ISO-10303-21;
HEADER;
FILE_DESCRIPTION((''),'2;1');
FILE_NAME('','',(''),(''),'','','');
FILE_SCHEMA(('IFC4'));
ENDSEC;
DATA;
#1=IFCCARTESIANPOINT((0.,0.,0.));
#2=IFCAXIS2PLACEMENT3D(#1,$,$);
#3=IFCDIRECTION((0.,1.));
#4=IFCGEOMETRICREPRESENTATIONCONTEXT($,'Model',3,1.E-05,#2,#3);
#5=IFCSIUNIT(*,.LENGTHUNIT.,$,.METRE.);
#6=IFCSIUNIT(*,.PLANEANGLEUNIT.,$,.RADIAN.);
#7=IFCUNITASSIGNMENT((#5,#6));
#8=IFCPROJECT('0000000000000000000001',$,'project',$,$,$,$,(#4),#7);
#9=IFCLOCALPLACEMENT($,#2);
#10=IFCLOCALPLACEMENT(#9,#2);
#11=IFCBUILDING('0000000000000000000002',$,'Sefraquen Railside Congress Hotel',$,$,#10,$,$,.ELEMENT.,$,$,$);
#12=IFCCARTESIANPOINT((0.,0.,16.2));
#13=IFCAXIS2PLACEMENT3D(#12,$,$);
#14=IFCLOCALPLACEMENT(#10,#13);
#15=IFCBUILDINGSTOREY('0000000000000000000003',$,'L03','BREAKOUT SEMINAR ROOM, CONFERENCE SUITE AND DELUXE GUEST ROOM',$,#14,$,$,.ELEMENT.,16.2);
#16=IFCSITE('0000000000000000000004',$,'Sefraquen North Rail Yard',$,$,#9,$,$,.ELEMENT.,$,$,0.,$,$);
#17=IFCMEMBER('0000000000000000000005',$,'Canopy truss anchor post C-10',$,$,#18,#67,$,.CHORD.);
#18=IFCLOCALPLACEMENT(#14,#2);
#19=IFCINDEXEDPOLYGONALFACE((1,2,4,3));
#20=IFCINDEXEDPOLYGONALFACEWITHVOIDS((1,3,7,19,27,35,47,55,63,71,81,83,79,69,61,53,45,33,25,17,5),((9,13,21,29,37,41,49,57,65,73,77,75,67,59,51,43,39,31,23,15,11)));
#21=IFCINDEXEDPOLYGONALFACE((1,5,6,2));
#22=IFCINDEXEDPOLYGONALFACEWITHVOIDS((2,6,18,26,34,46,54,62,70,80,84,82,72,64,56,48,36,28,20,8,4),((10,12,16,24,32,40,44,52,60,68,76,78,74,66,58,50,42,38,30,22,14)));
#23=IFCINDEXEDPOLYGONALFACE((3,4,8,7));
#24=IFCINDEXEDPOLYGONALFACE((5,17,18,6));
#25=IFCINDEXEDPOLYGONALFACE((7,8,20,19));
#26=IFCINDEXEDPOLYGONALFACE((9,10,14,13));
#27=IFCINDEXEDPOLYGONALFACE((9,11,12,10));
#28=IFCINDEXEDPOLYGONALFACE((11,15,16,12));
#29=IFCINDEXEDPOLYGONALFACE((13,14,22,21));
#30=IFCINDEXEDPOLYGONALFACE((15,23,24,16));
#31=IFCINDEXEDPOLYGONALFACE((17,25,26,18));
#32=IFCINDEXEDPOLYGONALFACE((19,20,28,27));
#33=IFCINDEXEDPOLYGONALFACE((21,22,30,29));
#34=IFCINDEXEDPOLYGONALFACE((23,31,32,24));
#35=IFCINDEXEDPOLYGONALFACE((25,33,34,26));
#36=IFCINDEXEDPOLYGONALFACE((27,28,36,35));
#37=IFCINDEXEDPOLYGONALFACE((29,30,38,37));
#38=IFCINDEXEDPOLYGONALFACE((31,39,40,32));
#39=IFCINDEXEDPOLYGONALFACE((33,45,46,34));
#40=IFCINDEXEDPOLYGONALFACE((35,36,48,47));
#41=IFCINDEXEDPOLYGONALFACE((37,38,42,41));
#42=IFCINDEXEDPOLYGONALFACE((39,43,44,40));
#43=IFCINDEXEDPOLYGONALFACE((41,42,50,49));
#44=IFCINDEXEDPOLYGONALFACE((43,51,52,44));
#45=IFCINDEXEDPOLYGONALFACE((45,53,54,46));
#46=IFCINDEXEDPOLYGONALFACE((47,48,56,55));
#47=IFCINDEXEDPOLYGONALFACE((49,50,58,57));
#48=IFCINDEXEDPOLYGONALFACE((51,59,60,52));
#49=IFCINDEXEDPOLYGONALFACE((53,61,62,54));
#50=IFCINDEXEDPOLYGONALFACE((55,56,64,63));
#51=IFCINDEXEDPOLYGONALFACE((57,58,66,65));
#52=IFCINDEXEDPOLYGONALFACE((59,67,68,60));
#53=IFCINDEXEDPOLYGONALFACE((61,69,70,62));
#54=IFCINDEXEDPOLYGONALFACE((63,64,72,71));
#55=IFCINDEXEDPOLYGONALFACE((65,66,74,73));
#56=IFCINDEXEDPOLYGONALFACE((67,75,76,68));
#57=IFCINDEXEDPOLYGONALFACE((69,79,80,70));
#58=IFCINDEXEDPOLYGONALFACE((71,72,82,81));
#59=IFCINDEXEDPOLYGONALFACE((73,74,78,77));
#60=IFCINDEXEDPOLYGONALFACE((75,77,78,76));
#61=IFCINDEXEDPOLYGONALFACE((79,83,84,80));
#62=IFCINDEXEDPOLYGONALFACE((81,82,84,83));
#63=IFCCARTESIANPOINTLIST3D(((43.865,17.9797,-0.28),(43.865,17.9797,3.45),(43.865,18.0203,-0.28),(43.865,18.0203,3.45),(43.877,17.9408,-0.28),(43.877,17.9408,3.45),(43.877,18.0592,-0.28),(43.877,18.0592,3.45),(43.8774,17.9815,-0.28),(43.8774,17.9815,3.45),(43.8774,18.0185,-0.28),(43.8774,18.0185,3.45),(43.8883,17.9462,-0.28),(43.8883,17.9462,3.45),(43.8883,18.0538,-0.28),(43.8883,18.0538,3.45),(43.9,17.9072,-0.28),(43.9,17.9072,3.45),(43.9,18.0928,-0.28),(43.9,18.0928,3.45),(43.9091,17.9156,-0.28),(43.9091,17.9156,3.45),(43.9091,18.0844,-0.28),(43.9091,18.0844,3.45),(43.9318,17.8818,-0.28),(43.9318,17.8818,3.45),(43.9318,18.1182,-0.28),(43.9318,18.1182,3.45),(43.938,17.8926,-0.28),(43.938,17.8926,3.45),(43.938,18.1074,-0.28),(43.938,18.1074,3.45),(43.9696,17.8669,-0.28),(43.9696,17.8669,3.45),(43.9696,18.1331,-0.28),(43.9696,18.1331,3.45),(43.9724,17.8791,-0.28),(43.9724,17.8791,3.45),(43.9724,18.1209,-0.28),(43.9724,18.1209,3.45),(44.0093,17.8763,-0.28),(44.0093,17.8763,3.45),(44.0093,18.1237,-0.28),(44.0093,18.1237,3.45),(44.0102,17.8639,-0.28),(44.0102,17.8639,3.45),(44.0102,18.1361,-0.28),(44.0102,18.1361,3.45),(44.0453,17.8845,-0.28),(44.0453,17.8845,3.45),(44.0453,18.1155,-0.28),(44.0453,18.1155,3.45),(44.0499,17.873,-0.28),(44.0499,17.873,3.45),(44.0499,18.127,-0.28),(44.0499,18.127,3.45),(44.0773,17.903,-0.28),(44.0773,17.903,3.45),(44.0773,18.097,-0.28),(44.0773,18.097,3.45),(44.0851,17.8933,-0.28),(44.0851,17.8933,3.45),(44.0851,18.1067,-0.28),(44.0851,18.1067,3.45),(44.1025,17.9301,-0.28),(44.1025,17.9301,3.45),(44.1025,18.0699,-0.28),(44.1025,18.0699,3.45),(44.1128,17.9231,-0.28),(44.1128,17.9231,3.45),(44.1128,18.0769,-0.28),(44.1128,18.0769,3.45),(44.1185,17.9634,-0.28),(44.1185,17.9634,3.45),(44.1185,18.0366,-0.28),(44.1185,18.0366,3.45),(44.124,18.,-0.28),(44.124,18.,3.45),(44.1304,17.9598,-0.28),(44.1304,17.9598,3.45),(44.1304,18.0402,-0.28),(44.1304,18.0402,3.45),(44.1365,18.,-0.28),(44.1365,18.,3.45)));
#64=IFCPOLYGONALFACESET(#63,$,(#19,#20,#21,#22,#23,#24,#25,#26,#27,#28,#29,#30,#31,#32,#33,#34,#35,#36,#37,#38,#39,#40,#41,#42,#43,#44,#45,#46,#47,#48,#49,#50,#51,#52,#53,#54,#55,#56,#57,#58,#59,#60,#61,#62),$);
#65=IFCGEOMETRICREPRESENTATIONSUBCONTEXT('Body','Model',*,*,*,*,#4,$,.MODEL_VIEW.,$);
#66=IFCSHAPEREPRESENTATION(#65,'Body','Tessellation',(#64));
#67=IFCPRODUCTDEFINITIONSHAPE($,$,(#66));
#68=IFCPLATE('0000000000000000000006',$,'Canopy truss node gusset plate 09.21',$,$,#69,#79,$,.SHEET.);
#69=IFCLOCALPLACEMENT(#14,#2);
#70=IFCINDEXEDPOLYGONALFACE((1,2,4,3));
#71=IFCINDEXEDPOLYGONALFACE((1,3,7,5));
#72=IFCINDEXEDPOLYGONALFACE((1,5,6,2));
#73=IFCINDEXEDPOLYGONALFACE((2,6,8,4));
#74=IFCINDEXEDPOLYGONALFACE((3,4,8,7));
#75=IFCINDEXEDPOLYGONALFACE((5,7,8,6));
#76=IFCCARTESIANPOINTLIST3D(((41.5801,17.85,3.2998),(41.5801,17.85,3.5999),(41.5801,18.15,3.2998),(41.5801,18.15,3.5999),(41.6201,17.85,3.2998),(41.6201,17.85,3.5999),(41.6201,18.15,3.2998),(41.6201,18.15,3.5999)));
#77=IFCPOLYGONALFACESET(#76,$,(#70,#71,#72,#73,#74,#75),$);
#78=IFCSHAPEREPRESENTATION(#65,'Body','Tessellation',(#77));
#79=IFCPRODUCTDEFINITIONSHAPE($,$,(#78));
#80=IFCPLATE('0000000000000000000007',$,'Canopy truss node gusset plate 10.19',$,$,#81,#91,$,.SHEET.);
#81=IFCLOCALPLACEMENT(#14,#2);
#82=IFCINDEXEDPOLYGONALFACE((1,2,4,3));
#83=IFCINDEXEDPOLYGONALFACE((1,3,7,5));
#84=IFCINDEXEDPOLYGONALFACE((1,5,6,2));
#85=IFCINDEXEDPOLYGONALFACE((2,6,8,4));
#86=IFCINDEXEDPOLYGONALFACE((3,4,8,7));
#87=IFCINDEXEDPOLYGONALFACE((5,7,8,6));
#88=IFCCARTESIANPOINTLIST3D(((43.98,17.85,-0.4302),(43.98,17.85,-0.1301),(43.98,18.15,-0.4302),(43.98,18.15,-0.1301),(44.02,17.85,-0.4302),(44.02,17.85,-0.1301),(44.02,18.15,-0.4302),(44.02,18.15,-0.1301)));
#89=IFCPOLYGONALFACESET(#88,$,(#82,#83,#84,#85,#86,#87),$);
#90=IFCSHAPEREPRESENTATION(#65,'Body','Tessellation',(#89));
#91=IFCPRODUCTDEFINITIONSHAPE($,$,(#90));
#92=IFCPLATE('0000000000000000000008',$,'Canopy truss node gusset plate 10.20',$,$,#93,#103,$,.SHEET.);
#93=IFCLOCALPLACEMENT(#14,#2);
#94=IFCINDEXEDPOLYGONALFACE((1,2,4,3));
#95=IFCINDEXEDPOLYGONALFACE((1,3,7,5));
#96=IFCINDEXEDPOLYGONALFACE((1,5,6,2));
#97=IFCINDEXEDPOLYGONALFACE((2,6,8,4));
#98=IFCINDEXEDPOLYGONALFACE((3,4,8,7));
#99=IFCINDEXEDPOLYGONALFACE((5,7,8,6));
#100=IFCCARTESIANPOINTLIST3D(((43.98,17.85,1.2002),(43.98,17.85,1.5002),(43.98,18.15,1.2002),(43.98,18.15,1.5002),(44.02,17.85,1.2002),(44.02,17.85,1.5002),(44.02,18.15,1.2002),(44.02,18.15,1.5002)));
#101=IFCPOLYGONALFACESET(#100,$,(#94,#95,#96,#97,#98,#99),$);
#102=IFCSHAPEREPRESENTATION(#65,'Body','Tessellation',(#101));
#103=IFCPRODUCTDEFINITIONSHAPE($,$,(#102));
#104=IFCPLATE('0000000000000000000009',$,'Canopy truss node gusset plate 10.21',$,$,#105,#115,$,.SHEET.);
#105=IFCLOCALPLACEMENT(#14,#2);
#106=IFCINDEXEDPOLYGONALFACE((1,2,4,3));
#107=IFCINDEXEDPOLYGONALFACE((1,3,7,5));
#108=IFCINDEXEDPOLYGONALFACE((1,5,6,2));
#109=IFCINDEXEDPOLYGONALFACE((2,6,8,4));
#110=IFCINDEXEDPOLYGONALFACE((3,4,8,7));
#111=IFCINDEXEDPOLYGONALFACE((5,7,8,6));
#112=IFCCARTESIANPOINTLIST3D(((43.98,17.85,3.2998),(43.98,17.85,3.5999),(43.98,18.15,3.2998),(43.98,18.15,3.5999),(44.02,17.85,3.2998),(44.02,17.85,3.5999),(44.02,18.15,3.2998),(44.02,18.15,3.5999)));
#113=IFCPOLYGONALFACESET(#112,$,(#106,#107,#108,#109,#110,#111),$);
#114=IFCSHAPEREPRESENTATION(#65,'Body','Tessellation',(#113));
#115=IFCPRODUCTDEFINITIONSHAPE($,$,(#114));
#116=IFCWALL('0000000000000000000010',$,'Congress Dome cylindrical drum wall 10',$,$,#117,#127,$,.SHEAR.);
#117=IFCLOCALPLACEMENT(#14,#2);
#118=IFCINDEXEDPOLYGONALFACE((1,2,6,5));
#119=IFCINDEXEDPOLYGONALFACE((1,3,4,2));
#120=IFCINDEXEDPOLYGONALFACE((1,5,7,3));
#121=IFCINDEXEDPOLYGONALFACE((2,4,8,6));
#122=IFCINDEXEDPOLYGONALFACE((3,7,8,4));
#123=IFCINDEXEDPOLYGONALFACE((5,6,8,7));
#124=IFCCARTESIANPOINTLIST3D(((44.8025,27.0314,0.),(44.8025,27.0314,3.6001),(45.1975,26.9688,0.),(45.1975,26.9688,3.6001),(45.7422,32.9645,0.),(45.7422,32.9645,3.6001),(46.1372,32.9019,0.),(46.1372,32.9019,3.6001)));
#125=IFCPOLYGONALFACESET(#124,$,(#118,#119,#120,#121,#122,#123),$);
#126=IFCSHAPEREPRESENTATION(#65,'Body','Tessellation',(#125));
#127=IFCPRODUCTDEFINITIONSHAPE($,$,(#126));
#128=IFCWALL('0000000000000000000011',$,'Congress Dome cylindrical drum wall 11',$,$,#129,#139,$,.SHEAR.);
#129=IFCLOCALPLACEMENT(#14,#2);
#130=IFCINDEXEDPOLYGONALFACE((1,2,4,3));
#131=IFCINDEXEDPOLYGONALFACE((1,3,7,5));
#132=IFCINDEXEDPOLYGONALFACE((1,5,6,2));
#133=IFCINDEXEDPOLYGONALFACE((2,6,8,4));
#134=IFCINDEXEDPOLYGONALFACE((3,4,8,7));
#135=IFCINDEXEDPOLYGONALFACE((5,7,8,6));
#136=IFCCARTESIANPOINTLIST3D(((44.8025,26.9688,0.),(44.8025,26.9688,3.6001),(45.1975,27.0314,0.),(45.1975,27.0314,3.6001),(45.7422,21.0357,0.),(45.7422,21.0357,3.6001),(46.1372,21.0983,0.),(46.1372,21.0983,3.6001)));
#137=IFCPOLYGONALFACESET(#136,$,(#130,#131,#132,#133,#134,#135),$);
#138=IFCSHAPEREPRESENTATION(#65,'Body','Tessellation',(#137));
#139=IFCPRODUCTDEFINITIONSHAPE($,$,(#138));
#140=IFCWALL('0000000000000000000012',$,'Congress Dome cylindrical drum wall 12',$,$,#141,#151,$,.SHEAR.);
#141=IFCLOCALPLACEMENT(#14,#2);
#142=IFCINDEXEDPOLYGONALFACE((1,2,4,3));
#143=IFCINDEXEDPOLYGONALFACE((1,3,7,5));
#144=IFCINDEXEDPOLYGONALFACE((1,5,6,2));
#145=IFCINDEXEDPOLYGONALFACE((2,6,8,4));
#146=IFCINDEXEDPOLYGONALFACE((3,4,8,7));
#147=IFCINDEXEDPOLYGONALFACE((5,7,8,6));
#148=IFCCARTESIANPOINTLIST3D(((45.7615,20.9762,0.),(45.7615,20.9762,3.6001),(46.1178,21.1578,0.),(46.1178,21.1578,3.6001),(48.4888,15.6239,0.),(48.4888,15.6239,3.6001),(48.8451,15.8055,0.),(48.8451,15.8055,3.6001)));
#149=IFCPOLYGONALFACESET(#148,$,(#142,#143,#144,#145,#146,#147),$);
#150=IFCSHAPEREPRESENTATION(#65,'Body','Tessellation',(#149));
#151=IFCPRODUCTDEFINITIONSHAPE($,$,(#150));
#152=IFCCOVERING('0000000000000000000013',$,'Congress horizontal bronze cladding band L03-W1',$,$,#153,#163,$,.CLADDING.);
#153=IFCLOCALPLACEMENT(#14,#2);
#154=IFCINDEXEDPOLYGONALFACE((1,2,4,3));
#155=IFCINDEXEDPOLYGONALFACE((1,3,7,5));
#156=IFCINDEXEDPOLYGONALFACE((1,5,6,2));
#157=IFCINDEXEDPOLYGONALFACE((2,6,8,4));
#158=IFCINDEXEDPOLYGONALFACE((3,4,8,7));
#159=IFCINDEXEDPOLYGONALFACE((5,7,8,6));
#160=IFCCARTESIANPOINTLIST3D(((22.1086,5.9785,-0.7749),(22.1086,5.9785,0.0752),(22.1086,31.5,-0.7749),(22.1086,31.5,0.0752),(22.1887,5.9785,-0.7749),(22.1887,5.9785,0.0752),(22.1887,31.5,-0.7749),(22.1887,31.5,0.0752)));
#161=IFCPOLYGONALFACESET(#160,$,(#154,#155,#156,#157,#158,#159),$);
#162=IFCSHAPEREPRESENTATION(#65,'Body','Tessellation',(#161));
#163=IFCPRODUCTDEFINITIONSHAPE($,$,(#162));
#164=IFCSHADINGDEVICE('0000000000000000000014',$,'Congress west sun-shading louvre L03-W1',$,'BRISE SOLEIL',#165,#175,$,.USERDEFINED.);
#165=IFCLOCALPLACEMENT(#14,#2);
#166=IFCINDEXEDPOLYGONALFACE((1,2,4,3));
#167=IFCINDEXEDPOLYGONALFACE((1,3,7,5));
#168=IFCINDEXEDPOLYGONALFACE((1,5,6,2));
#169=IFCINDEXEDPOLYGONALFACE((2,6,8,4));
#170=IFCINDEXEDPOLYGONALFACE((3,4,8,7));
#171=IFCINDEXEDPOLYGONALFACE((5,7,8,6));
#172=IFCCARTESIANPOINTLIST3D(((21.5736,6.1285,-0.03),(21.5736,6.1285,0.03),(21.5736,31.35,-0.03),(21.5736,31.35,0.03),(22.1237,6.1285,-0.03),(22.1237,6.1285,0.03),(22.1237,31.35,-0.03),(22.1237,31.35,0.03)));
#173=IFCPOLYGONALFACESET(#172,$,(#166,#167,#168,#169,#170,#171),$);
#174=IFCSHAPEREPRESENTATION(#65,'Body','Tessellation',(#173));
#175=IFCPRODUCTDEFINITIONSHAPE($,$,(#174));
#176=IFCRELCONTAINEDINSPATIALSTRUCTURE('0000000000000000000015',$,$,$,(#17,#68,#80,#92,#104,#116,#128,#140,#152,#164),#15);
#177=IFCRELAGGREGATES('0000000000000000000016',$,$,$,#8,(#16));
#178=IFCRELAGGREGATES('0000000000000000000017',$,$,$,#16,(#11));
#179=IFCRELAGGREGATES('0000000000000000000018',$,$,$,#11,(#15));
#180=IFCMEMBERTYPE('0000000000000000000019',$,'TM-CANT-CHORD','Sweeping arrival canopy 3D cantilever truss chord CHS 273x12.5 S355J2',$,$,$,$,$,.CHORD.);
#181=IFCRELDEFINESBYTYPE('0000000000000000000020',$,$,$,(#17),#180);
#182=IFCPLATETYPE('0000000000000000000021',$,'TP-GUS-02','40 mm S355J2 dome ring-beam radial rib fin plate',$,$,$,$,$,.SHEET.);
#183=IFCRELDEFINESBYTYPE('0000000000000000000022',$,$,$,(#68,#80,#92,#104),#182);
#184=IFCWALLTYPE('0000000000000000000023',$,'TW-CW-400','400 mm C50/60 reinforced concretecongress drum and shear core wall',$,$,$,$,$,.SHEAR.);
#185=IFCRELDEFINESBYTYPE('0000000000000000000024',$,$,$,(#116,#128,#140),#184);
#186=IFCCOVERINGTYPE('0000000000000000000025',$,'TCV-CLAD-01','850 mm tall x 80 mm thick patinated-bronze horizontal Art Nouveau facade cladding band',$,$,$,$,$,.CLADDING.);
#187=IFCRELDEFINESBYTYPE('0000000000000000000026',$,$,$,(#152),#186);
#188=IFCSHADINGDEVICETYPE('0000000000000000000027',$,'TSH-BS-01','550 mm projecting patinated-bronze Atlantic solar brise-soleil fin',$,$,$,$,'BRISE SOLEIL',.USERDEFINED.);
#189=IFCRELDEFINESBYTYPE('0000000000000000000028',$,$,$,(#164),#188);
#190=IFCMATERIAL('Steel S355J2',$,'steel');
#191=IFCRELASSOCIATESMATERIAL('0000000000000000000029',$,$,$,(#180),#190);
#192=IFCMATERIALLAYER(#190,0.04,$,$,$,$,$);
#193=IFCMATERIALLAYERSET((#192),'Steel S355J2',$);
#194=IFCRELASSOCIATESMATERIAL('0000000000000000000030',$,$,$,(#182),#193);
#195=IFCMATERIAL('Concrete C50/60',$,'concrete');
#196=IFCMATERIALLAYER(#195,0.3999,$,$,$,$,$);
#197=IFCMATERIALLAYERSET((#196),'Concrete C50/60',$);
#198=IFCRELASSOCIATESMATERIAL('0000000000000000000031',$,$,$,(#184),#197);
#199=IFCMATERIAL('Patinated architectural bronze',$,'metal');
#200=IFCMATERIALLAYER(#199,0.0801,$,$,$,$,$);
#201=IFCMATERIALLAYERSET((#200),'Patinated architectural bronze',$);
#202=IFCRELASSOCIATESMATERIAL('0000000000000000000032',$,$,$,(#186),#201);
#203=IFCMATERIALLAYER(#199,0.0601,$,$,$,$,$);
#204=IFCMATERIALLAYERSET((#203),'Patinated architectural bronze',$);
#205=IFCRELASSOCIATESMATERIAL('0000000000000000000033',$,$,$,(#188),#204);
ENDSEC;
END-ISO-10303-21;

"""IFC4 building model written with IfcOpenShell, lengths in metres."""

from ifc_helpers import new_model, si_unit, direction, frame, frame_2d, origin, origin_2d, place, context, subcontext, project, spatial, rectangle, hollow_circle, extrude, material, layer, layer_set, material_profile, profile_set, type_object, element, save


model = new_model("IFC4")

# Units and contexts
model_context = context("Model", 3, precision=1e-05, world=origin(), true_north=direction((0.0, 1.0)))
body_context = subcontext(model_context, "Body", "Model", "MODEL_VIEW")
ifc_project = project(units=[si_unit("LENGTHUNIT", "METRE"), si_unit("PLANEANGLEUNIT", "RADIAN")], contexts=[model_context])

# Site, building, storey
site_placement = place(None, origin())
site = spatial("IfcSite", under=ifc_project, at=site_placement, Name="Sefraquen North Rail Yard", CompositionType="ELEMENT", RefElevation=0.0)
building_placement = place(site_placement, origin())
building = spatial("IfcBuilding", under=site, at=building_placement, Name="Sefraquen Railside Congress Hotel", CompositionType="ELEMENT")
storey_placement = place(building_placement, frame((0.0, 0.0, 16.2)))
storey = spatial("IfcBuildingStorey", under=building, at=storey_placement, Name="L03", Description="BREAKOUT SEMINAR ROOM, CONFERENCE SUITE AND DELUXE GUEST ROOM", CompositionType="ELEMENT", Elevation=16.2)

# Shared definitions
ifc_material_1 = material(Name="Steel S355J2", Category="steel")

# Member
ifc_material_profile_1 = material_profile(ifc_material_1, hollow_circle(Radius=0.1365, WallThickness=0.0125, at=origin_2d()), Name="CHS 273x12.5")
ifc_profile_set_1 = profile_set([ifc_material_profile_1], Name="Steel S355J2")
member_type_1 = type_object("IfcMemberType", Name="TM-CANT-CHORD", Description="Sweeping arrival canopy 3D cantilever truss chord CHS 273x12.5 S355J2", PredefinedType="CHORD", material=ifc_profile_set_1)
member_1_placement = place(storey_placement, frame((44.0, 18.0, -0.28), z_axis=(0.0, 0.0, 1.0), x_axis=(1.0, 0.0, 0.0)))
element("IfcMember", 1, at=member_1_placement, inside=storey, type_object=member_type_1, Name="Canopy truss anchor post C-10", PredefinedType="CHORD", context=body_context, shape_type="SweptSolid", body=[
    extrude(hollow_circle(Radius=0.1365, WallThickness=0.0125, at=origin_2d()), origin(), (0.0, 0.0, 1.0), 3.73),
])

# Plates
ifc_layer_1 = layer(ifc_material_1, 0.04)
ifc_layer_set_1 = layer_set([ifc_layer_1], Name="Steel S355J2")
plate_type = type_object("IfcPlateType", Name="TP-GUS-02", Description="40 mm S355J2 dome ring-beam radial rib fin plate", PredefinedType="SHEET", material=ifc_layer_set_1)
for number, where, z_axis, x_axis, name in (
    (2, (41.6001, 18.0, 3.2998), (0.0, 0.0, 1.0), (1.0, 0.0, 0.0), "Canopy truss node gusset plate 09.21"),
    (3, (44.0, 18.0, -0.4302), (0.0, 0.0, 1.0), (1.0, 0.0, 0.0), "Canopy truss node gusset plate 10.19"),
    (4, (44.0, 18.0, 1.2002), (0.0, 0.0, 1.0), (1.0, 0.0, 0.0), "Canopy truss node gusset plate 10.20"),
    (5, (44.0, 18.0, 3.2998), (0.0, 0.0, 1.0), (1.0, 0.0, 0.0), "Canopy truss node gusset plate 10.21"),
):
    element("IfcPlate", number, at=place(storey_placement, frame(where, z_axis=z_axis, x_axis=x_axis)), inside=storey, type_object=plate_type, Name=name, PredefinedType="SHEET", context=body_context, shape_type="SweptSolid", body=[
        extrude(rectangle(XDim=0.04, YDim=0.3, at=origin_2d()), origin(), (0.0, 0.0, 1.0), 0.3),
    ])

# Walls
ifc_material_2 = material(Name="Concrete C50/60", Category="concrete")
ifc_layer_2 = layer(ifc_material_2, 0.3999)
ifc_layer_set_2 = layer_set([ifc_layer_2], Name="Concrete C50/60")
wall_type = type_object("IfcWallType", Name="TW-CW-400", Description="400 mm C50/60 reinforced concretecongress drum and shear core wall", PredefinedType="SHEAR", material=ifc_layer_set_2)
for number, where, z_axis, x_axis, name in (
    (6, (45.9397, 32.9331, 0.0), (0.0, 0.0, 1.0), (-0.156432, -0.987689, 0.0), "Congress Dome cylindrical drum wall 10"),
    (7, (45.0, 27.0, 0.0), (0.0, 0.0, 1.0), (0.156432, -0.987689, 0.0), "Congress Dome cylindrical drum wall 11"),
    (8, (45.9397, 21.0669, 0.0), (0.0, 0.0, 1.0), (0.454012, -0.890995, 0.0), "Congress Dome cylindrical drum wall 12"),
):
    element("IfcWall", number, at=place(storey_placement, frame(where, z_axis=z_axis, x_axis=x_axis)), inside=storey, type_object=wall_type, Name=name, PredefinedType="SHEAR", context=body_context, shape_type="SweptSolid", body=[
        extrude(rectangle(XDim=6.0071, YDim=0.3999, at=frame_2d((3.0034, 0.0))), origin(), (0.0, 0.0, 1.0), 3.6001),
    ])

# Covering
ifc_material_3 = material(Name="Patinated architectural bronze", Category="metal")
ifc_layer_3 = layer(ifc_material_3, 0.0801)
ifc_layer_set_3 = layer_set([ifc_layer_3], Name="Patinated architectural bronze")
covering_type = type_object("IfcCoveringType", Name="TCV-CLAD-01", Description="850 mm tall x 80 mm thick patinated-bronze horizontal Art Nouveau facade cladding band", PredefinedType="CLADDING", material=ifc_layer_set_3)
covering_placement = place(storey_placement, frame((22.1487, 18.7393, -0.7749), z_axis=(0.0, 0.0, 1.0), x_axis=(1.0, 0.0, 0.0)))
element("IfcCovering", 9, at=covering_placement, inside=storey, type_object=covering_type, Name="Congress horizontal bronze cladding band L03-W1", PredefinedType="CLADDING", context=body_context, shape_type="SweptSolid", body=[
    extrude(rectangle(XDim=0.0801, YDim=25.5215, at=origin_2d()), origin(), (0.0, 0.0, 1.0), 0.8501),
])

# Shading device
ifc_layer_4 = layer(ifc_material_3, 0.0601)
ifc_layer_set_4 = layer_set([ifc_layer_4], Name="Patinated architectural bronze")
shading_device_type = type_object("IfcShadingDeviceType", Name="TSH-BS-01", Description="550 mm projecting patinated-bronze Atlantic solar brise-soleil fin", ElementType="BRISE SOLEIL", PredefinedType="USERDEFINED", material=ifc_layer_set_4)
shading_device_placement = place(storey_placement, frame((21.8486, 18.7393, -0.03), z_axis=(0.0, 0.0, 1.0), x_axis=(1.0, 0.0, 0.0)))
element("IfcShadingDevice", 10, at=shading_device_placement, inside=storey, type_object=shading_device_type, Name="Congress west sun-shading louvre L03-W1", ObjectType="BRISE SOLEIL", PredefinedType="USERDEFINED", context=body_context, shape_type="SweptSolid", body=[
    extrude(rectangle(XDim=0.55, YDim=25.2214, at=origin_2d()), origin(), (0.0, 0.0, 1.0), 0.0601),
])

save(model, "model.ifc")
